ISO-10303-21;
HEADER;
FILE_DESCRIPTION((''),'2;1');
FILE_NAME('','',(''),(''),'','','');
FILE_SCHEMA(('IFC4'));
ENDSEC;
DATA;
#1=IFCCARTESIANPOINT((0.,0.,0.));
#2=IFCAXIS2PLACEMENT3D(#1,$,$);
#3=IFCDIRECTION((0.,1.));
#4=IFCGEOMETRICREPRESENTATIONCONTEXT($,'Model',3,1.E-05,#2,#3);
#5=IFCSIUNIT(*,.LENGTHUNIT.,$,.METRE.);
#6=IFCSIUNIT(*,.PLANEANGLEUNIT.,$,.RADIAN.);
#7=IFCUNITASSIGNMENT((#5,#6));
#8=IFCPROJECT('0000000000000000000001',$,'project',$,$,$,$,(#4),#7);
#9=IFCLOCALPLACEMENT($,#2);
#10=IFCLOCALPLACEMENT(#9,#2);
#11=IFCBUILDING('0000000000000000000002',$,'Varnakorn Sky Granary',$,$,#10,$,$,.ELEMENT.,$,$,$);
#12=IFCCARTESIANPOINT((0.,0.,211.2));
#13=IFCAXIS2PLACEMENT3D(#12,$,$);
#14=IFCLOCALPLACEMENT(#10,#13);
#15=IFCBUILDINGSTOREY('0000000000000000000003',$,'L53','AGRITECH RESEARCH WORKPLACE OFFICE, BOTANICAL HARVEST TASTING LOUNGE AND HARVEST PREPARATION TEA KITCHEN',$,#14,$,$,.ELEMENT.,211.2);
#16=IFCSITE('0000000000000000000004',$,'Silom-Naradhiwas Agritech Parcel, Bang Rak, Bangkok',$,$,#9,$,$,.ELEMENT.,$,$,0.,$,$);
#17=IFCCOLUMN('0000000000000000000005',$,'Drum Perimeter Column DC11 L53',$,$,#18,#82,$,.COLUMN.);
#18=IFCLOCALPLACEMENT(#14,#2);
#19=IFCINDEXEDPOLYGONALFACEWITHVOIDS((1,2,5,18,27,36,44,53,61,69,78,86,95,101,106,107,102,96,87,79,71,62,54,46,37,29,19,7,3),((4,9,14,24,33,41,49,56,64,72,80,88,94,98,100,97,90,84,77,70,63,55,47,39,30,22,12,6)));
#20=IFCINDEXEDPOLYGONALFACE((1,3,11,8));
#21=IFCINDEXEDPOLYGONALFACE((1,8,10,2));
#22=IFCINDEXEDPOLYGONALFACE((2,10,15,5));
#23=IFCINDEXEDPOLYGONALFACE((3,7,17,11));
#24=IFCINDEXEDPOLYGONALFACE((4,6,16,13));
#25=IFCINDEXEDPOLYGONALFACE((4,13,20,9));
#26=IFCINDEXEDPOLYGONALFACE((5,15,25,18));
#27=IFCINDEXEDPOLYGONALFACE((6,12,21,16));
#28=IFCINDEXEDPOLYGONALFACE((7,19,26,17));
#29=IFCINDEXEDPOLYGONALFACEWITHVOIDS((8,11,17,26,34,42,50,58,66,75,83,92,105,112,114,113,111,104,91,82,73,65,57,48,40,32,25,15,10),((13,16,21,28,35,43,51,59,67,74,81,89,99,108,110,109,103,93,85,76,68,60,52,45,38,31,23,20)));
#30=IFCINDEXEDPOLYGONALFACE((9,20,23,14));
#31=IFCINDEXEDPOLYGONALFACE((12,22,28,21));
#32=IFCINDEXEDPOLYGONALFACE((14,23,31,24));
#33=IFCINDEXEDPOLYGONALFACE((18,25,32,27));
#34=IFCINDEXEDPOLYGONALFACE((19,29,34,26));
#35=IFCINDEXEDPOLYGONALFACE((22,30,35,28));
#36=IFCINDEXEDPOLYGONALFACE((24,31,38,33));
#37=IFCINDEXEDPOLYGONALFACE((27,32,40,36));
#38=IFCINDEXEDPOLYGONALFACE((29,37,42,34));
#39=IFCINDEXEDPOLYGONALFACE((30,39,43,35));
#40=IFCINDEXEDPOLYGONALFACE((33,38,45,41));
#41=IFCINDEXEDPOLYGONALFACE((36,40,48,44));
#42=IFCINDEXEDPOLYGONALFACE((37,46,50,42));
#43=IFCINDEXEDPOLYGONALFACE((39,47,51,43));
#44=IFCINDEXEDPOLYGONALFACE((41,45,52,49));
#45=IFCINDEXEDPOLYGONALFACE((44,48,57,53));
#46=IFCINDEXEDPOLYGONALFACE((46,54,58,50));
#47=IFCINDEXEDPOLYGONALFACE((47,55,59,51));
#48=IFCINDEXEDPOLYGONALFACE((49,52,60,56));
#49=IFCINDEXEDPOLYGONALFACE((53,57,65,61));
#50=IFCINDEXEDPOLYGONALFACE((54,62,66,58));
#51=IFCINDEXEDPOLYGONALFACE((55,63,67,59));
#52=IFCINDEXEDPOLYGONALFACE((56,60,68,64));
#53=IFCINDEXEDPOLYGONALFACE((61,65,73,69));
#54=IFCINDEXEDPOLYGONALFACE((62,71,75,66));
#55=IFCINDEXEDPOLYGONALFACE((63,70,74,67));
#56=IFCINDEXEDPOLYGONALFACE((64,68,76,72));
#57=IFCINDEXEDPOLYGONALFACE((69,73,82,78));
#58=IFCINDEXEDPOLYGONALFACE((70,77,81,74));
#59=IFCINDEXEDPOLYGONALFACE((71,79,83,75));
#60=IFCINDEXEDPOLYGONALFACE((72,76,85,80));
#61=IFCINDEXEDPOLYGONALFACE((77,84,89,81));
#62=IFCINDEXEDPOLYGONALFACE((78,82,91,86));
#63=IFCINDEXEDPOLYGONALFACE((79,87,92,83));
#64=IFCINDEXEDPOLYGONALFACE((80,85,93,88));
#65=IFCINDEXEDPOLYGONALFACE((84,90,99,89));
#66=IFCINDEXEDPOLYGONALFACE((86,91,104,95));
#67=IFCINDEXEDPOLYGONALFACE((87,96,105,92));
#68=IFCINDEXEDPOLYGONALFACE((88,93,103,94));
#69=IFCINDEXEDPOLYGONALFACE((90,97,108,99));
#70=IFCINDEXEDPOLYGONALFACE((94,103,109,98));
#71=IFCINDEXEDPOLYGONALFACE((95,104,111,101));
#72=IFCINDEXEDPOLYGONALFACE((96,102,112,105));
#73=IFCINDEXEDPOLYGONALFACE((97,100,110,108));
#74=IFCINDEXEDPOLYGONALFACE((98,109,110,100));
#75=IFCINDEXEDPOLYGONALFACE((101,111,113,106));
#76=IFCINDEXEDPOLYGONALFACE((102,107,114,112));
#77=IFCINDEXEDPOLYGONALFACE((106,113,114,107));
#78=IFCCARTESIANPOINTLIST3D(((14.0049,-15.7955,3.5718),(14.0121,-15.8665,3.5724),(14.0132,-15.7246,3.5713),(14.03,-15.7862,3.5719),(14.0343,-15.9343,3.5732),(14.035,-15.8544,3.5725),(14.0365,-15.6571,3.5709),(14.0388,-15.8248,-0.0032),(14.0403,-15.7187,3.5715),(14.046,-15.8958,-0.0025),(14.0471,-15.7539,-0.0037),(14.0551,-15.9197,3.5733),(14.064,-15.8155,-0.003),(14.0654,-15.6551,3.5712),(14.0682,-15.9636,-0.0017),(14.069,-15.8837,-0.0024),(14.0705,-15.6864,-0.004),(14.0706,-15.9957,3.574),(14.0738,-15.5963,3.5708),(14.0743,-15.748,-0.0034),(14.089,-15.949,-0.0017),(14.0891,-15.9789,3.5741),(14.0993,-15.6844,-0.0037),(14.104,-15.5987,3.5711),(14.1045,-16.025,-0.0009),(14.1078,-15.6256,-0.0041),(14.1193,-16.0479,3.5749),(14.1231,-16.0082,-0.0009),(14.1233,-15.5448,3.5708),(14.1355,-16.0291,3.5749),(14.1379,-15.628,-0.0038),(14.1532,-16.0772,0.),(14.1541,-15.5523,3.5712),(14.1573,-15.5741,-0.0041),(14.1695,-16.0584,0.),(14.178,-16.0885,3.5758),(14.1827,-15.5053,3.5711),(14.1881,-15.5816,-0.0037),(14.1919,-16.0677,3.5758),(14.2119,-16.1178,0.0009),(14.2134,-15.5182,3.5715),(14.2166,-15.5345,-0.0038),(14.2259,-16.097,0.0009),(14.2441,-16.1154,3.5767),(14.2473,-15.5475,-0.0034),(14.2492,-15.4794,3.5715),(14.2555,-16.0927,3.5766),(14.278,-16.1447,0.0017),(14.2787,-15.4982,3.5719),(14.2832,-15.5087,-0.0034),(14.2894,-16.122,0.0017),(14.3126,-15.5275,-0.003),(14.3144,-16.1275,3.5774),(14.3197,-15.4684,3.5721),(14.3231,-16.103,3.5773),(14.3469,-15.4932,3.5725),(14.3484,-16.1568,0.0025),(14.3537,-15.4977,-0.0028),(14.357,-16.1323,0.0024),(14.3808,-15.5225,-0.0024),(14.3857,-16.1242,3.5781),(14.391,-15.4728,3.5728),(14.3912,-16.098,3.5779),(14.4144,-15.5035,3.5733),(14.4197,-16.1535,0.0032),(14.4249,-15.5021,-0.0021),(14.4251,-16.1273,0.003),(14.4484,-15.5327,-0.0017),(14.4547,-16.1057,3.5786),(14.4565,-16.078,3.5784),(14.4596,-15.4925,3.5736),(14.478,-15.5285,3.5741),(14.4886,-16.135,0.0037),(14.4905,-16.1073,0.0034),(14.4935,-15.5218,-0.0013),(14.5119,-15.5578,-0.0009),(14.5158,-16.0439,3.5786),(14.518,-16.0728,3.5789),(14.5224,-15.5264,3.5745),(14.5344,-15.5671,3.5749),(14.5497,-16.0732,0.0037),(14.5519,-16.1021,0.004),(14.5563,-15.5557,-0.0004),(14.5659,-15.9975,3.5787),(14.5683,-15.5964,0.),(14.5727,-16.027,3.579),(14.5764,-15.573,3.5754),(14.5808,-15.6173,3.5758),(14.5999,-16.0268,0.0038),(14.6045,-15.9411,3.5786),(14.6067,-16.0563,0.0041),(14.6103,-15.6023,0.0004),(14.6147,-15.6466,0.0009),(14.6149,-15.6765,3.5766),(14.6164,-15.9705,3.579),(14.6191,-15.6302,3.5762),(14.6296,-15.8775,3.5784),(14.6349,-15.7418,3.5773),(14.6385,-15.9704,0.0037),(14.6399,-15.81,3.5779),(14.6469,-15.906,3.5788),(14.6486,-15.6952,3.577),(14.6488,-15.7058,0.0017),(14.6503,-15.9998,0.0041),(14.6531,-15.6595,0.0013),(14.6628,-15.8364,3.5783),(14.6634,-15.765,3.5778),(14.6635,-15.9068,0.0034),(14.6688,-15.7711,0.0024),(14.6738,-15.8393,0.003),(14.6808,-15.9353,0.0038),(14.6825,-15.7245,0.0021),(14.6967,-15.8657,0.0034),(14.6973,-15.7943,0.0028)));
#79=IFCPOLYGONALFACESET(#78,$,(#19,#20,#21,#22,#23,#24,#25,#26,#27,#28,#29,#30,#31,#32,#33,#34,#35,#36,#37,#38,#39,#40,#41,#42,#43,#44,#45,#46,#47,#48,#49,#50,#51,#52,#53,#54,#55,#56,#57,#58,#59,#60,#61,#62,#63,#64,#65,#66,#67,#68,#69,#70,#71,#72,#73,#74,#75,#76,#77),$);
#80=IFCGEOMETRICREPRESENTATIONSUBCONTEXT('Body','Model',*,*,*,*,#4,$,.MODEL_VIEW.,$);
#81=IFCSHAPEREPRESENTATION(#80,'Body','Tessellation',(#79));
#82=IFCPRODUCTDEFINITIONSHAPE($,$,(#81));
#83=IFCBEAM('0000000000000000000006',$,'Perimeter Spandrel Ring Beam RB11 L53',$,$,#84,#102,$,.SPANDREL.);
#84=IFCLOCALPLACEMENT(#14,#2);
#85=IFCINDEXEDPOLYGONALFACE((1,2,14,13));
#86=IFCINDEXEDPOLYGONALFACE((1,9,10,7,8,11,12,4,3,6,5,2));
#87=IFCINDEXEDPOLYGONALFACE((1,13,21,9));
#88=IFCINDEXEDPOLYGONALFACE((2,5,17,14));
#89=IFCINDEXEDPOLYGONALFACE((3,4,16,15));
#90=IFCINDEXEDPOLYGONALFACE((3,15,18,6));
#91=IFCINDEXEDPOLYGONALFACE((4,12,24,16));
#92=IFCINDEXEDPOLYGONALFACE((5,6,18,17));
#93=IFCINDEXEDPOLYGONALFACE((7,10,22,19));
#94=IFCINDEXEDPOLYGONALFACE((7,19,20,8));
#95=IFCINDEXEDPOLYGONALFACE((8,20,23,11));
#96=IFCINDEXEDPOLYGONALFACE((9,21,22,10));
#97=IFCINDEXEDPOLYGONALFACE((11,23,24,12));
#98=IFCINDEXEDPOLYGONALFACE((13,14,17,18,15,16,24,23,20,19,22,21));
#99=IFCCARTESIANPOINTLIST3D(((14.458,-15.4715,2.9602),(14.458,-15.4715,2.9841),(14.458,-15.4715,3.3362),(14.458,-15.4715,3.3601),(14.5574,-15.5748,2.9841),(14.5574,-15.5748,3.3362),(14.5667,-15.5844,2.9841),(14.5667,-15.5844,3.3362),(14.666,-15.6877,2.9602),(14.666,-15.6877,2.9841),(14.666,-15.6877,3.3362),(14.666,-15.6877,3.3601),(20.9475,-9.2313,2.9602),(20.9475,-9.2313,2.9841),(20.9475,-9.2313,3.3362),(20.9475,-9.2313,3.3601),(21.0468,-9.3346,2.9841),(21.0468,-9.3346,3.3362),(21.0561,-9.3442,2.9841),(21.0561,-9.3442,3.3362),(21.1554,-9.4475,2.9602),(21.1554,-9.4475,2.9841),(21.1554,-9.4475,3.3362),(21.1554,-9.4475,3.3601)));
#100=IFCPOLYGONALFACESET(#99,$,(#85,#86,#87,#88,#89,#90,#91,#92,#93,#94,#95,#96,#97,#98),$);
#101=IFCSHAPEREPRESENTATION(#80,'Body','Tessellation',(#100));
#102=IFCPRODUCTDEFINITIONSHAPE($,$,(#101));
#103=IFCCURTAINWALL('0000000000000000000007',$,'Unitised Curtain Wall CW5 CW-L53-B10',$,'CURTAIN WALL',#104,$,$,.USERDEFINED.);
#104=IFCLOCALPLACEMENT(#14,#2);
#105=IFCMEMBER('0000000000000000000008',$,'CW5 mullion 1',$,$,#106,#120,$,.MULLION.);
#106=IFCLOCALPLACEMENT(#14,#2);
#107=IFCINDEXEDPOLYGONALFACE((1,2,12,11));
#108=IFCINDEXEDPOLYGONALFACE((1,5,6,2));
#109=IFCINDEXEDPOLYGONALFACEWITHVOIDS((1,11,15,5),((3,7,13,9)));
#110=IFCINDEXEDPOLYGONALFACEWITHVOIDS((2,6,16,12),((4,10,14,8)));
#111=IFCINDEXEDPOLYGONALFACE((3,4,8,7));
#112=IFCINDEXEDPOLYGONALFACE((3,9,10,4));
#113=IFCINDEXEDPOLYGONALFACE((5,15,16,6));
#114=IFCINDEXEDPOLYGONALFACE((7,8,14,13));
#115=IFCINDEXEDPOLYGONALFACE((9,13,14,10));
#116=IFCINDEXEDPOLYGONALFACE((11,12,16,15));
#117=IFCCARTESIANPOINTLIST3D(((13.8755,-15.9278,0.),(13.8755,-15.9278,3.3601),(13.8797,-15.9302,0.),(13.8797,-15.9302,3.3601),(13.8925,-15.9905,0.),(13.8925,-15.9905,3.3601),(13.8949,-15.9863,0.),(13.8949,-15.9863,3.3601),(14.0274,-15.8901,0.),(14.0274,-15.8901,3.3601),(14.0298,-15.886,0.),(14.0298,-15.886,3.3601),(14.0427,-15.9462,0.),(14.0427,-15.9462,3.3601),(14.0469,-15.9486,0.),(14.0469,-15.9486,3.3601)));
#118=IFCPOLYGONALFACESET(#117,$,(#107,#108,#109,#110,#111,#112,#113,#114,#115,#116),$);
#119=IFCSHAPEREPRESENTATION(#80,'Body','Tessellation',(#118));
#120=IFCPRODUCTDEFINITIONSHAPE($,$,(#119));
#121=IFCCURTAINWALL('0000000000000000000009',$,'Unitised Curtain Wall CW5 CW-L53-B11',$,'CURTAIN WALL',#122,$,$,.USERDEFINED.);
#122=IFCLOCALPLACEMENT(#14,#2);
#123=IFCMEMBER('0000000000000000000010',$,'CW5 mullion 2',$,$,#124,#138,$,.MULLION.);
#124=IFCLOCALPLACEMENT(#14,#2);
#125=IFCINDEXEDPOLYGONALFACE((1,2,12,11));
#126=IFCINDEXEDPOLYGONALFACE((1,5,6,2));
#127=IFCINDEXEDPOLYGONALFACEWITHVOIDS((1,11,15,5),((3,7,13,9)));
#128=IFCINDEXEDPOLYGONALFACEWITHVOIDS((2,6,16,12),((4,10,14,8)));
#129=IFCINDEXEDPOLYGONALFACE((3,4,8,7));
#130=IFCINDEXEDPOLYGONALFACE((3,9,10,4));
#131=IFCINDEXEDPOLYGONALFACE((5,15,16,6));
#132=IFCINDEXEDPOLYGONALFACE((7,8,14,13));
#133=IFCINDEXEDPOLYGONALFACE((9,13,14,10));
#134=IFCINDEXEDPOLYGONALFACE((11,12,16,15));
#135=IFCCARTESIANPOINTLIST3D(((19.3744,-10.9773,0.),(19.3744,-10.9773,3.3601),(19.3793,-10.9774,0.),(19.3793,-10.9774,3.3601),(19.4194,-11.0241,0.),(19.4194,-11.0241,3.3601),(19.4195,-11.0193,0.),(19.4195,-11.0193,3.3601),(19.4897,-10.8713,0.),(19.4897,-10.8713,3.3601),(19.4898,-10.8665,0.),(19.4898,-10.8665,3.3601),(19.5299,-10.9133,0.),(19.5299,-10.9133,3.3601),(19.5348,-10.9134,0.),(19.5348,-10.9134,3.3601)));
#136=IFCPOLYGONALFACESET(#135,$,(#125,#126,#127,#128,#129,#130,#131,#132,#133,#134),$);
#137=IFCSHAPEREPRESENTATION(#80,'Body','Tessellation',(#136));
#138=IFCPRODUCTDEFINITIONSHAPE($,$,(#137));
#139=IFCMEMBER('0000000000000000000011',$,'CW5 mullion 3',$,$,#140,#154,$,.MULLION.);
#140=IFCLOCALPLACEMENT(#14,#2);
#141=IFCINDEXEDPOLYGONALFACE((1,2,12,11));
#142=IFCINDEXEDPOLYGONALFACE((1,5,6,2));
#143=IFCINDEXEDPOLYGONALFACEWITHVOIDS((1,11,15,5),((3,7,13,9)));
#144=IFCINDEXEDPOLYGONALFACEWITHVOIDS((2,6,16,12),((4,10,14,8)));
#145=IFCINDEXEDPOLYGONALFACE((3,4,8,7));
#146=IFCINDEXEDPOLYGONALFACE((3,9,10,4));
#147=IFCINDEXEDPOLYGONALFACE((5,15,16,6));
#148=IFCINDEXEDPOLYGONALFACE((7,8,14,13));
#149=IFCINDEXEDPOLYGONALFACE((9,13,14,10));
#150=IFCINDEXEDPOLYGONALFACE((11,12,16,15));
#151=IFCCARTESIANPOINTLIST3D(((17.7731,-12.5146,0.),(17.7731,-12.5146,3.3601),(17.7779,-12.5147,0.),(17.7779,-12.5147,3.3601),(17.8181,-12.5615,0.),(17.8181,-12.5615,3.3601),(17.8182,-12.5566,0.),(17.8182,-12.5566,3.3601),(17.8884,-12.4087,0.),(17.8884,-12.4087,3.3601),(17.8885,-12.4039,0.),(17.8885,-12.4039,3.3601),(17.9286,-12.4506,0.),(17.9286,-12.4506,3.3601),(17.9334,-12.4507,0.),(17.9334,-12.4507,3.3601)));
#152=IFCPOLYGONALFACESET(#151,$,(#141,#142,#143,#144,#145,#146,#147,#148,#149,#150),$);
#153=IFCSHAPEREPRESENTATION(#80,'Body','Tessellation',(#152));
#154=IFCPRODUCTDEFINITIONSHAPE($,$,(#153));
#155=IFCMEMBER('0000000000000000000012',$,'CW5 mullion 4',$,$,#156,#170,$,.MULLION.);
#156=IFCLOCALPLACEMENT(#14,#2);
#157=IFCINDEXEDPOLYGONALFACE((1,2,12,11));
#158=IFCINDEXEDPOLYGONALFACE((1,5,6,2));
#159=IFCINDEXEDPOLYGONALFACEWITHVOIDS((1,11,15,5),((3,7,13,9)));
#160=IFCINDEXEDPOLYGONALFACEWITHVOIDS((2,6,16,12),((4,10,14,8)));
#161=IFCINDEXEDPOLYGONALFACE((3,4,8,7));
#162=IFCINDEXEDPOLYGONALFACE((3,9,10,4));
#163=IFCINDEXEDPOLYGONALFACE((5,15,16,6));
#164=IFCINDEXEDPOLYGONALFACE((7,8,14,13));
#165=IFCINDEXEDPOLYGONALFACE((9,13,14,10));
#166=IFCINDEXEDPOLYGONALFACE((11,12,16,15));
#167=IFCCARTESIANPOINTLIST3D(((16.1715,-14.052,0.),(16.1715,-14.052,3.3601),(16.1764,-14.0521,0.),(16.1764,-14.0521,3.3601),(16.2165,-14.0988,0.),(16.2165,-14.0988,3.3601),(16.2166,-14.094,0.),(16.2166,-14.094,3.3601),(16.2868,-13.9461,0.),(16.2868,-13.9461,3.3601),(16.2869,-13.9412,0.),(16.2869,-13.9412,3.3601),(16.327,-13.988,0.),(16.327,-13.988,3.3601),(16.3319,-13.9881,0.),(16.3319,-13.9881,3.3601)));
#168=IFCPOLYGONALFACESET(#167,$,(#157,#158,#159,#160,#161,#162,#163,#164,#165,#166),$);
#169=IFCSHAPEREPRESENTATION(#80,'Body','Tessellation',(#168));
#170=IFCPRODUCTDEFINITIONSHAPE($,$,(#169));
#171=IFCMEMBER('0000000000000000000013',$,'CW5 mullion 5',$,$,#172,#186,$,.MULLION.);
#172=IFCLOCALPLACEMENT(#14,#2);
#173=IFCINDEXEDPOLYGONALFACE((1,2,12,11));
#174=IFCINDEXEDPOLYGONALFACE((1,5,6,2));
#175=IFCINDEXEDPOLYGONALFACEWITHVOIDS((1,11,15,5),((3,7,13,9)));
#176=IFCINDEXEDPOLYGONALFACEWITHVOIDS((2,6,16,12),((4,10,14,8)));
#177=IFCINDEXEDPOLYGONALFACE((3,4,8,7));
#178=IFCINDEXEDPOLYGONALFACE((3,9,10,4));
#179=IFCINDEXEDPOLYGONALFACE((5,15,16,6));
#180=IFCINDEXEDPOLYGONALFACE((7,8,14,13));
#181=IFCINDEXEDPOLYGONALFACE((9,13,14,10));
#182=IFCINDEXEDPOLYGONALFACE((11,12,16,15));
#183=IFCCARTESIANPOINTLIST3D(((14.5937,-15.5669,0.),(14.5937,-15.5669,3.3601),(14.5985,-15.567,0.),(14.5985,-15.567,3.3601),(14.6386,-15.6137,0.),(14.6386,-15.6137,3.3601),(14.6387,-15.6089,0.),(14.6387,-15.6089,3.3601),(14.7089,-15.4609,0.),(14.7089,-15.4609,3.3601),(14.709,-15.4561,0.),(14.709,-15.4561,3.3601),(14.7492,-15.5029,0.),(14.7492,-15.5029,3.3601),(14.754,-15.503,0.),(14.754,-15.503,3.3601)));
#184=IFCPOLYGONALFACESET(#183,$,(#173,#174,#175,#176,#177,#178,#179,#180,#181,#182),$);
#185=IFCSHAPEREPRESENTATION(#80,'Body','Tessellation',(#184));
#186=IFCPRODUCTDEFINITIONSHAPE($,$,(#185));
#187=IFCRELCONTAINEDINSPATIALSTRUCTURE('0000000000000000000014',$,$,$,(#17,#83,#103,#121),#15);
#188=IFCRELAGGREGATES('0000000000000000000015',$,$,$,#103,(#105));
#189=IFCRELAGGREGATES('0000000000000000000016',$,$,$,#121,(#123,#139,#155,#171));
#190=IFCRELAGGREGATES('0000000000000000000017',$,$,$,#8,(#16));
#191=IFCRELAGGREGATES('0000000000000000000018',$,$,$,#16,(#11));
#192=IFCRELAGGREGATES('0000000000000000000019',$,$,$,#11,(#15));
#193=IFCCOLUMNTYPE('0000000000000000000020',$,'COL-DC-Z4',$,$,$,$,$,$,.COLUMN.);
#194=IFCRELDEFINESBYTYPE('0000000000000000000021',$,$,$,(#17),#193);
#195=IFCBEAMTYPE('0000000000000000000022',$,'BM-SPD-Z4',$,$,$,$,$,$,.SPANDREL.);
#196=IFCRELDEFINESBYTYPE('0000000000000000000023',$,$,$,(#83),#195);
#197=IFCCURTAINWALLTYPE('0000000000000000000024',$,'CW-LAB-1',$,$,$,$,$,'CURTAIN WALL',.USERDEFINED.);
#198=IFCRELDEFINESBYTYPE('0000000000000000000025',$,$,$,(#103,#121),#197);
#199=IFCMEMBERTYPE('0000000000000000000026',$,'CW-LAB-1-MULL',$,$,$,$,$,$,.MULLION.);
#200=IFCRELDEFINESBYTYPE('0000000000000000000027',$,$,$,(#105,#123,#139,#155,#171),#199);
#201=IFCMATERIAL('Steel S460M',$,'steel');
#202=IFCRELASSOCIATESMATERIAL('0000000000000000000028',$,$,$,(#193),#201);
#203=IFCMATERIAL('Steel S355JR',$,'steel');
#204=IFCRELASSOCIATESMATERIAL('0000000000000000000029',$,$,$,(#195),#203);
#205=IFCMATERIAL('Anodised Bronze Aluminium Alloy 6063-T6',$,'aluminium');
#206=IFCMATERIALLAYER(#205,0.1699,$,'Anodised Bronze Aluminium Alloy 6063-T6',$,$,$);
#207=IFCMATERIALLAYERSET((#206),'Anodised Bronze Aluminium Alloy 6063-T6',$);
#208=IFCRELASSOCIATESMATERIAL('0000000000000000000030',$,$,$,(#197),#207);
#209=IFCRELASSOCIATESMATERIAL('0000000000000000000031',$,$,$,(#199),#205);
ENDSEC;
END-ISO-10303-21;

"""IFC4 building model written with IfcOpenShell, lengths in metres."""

from ifc_helpers import new_model, si_unit, direction, frame, origin, origin_2d, place, context, subcontext, project, spatial, hollow_rectangle, hollow_circle, i_section, extrude, material, layer, layer_set, material_profile, profile_set, type_object, element, aggregate, save


model = new_model("IFC4")

# Units and contexts
model_context = context("Model", 3, precision=1e-05, world=origin(), true_north=direction((0.0, 1.0)))
body_context = subcontext(model_context, "Body", "Model", "MODEL_VIEW")
ifc_project = project(units=[si_unit("LENGTHUNIT", "METRE"), si_unit("PLANEANGLEUNIT", "RADIAN")], contexts=[model_context])

# Site, building, storey
site_placement = place(None, origin())
site = spatial("IfcSite", under=ifc_project, at=site_placement, Name="Silom-Naradhiwas Agritech Parcel, Bang Rak, Bangkok", CompositionType="ELEMENT", RefElevation=0.0)
building_placement = place(site_placement, origin())
building = spatial("IfcBuilding", under=site, at=building_placement, Name="Varnakorn Sky Granary", CompositionType="ELEMENT")
storey_placement = place(building_placement, frame((0.0, 0.0, 211.2)))
storey = spatial("IfcBuildingStorey", under=building, at=storey_placement, Name="L53", Description="AGRITECH RESEARCH WORKPLACE OFFICE, BOTANICAL HARVEST TASTING LOUNGE AND HARVEST PREPARATION TEA KITCHEN", CompositionType="ELEMENT", Elevation=211.2)

# Column
ifc_material_1 = material(Name="Steel S460M", Category="steel")
ifc_material_profile_1 = material_profile(ifc_material_1, hollow_circle(Radius=0.3301, WallThickness=0.0249, at=origin_2d()), Name="CHS 660x25")
ifc_profile_set_1 = profile_set([ifc_material_profile_1], Name="Steel S460M")
column_type = type_object("IfcColumnType", Name="COL-DC-Z4", PredefinedType="COLUMN", material=ifc_profile_set_1)
column_placement = place(storey_placement, frame((14.3689, -15.8274, 0.0), z_axis=(-0.009492, 0.008194, 0.999921), x_axis=(-0.653478, -0.756945, 0.0)))
element("IfcColumn", 1, at=column_placement, inside=storey, type_object=column_type, Name="Drum Perimeter Column DC11 L53", PredefinedType="COLUMN", context=body_context, shape_type="SweptSolid", body=[
    extrude(hollow_circle(Radius=0.3301, WallThickness=0.0249, at=origin_2d()), origin(), (0.0, 0.0, 1.0), 3.5752),
])

# Beam
ifc_material_2 = material(Name="Steel S355JR", Category="steel")
ifc_material_profile_2 = material_profile(ifc_material_2, i_section(OverallWidth=0.3, OverallDepth=0.3999, WebThickness=0.0134, FlangeThickness=0.0239, at=origin_2d()), Name="HE 400 B")
ifc_profile_set_2 = profile_set([ifc_material_profile_2], Name="Steel S355JR")
beam_type = type_object("IfcBeamType", Name="BM-SPD-Z4", PredefinedType="SPANDREL", material=ifc_profile_set_2)
beam_placement = place(storey_placement, frame((14.562, -15.5796, 3.1602), z_axis=(0.720815, 0.693128, 0.0), x_axis=(-0.693128, 0.720815, 0.0)))
element("IfcBeam", 2, at=beam_placement, inside=storey, type_object=beam_type, Name="Perimeter Spandrel Ring Beam RB11 L53", PredefinedType="SPANDREL", context=body_context, shape_type="SweptSolid", body=[
    extrude(i_section(OverallWidth=0.3, OverallDepth=0.3999, WebThickness=0.0134, FlangeThickness=0.0239, at=origin_2d()), origin(), (0.0, 0.0, 1.0), 9.0029),
])

# Curtain wall, member
ifc_material_3 = material(Name="Anodised Bronze Aluminium Alloy 6063-T6", Category="aluminium")
ifc_layer_1 = layer(ifc_material_3, 0.1699, Name="Anodised Bronze Aluminium Alloy 6063-T6")
ifc_layer_set_1 = layer_set([ifc_layer_1], Name="Anodised Bronze Aluminium Alloy 6063-T6")
curtain_wall_type = type_object("IfcCurtainWallType", Name="CW-LAB-1", ElementType="CURTAIN WALL", PredefinedType="USERDEFINED", material=ifc_layer_set_1)
curtain_wall_1_placement = place(storey_placement, origin())
curtain_wall_1 = element("IfcCurtainWall", 3, at=curtain_wall_1_placement, inside=storey, type_object=curtain_wall_type, Name="Unitised Curtain Wall CW5 CW-L53-B10", ObjectType="CURTAIN WALL", PredefinedType="USERDEFINED")
ifc_material_profile_3 = material_profile(ifc_material_3, hollow_rectangle(XDim=0.0649, YDim=0.1599, WallThickness=0.0034, at=origin_2d()), Name="ALU MULL 65x160")
ifc_profile_set_3 = profile_set([ifc_material_profile_3], Name="Anodised Bronze Aluminium Alloy 6063-T6")
member_type_1 = type_object("IfcMemberType", Name="CW-LAB-1-MULL", PredefinedType="MULLION", material=ifc_profile_set_3)
member_1_placement = place(storey_placement, frame((13.9612, -15.9382, 0.0), z_axis=(0.0, 0.0, 1.0), x_axis=(0.26192, -0.96509, 0.0)))
member_1 = element("IfcMember", 4, at=member_1_placement, type_object=member_type_1, Name="CW5 mullion 1", PredefinedType="MULLION", context=body_context, shape_type="SweptSolid", body=[
    extrude(hollow_rectangle(XDim=0.0649, YDim=0.1599, WallThickness=0.0034, at=origin_2d()), origin(), (0.0, 0.0, 1.0), 3.3601),
])

# Curtain wall, members
curtain_wall_2_placement = place(storey_placement, origin())
curtain_wall_2 = element("IfcCurtainWall", 5, at=curtain_wall_2_placement, inside=storey, type_object=curtain_wall_type, Name="Unitised Curtain Wall CW5 CW-L53-B11", ObjectType="CURTAIN WALL", PredefinedType="USERDEFINED")
member_2_placement = place(storey_placement, frame((19.4546, -10.9453, 0.0), z_axis=(0.0, 0.0, 1.0), x_axis=(0.692516, -0.721402, 0.0)))
member_2 = element("IfcMember", 6, at=member_2_placement, type_object=member_type_1, Name="CW5 mullion 2", PredefinedType="MULLION", context=body_context, shape_type="SweptSolid", body=[
    extrude(hollow_rectangle(XDim=0.0649, YDim=0.1599, WallThickness=0.0034, at=origin_2d()), origin(), (0.0, 0.0, 1.0), 3.3601),
])
member_3_placement = place(storey_placement, frame((17.8533, -12.4827, 0.0), z_axis=(0.0, 0.0, 1.0), x_axis=(0.692516, -0.721402, 0.0)))
member_3 = element("IfcMember", 7, at=member_3_placement, type_object=member_type_1, Name="CW5 mullion 3", PredefinedType="MULLION", context=body_context, shape_type="SweptSolid", body=[
    extrude(hollow_rectangle(XDim=0.0649, YDim=0.1599, WallThickness=0.0034, at=origin_2d()), origin(), (0.0, 0.0, 1.0), 3.3601),
])
member_4_placement = place(storey_placement, frame((16.2517, -14.02, 0.0), z_axis=(0.0, 0.0, 1.0), x_axis=(0.692516, -0.721402, 0.0)))
member_4 = element("IfcMember", 8, at=member_4_placement, type_object=member_type_1, Name="CW5 mullion 4", PredefinedType="MULLION", context=body_context, shape_type="SweptSolid", body=[
    extrude(hollow_rectangle(XDim=0.0649, YDim=0.1599, WallThickness=0.0034, at=origin_2d()), origin(), (0.0, 0.0, 1.0), 3.3601),
])
member_5_placement = place(storey_placement, frame((14.6738, -15.5349, 0.0), z_axis=(0.0, 0.0, 1.0), x_axis=(0.692516, -0.721402, 0.0)))
member_5 = element("IfcMember", 9, at=member_5_placement, type_object=member_type_1, Name="CW5 mullion 5", PredefinedType="MULLION", context=body_context, shape_type="SweptSolid", body=[
    extrude(hollow_rectangle(XDim=0.0649, YDim=0.1599, WallThickness=0.0034, at=origin_2d()), origin(), (0.0, 0.0, 1.0), 3.3601),
])

aggregate(curtain_wall_1, [member_1])

aggregate(curtain_wall_2, [member_2, member_3, member_4, member_5])

save(model, "model.ifc")
